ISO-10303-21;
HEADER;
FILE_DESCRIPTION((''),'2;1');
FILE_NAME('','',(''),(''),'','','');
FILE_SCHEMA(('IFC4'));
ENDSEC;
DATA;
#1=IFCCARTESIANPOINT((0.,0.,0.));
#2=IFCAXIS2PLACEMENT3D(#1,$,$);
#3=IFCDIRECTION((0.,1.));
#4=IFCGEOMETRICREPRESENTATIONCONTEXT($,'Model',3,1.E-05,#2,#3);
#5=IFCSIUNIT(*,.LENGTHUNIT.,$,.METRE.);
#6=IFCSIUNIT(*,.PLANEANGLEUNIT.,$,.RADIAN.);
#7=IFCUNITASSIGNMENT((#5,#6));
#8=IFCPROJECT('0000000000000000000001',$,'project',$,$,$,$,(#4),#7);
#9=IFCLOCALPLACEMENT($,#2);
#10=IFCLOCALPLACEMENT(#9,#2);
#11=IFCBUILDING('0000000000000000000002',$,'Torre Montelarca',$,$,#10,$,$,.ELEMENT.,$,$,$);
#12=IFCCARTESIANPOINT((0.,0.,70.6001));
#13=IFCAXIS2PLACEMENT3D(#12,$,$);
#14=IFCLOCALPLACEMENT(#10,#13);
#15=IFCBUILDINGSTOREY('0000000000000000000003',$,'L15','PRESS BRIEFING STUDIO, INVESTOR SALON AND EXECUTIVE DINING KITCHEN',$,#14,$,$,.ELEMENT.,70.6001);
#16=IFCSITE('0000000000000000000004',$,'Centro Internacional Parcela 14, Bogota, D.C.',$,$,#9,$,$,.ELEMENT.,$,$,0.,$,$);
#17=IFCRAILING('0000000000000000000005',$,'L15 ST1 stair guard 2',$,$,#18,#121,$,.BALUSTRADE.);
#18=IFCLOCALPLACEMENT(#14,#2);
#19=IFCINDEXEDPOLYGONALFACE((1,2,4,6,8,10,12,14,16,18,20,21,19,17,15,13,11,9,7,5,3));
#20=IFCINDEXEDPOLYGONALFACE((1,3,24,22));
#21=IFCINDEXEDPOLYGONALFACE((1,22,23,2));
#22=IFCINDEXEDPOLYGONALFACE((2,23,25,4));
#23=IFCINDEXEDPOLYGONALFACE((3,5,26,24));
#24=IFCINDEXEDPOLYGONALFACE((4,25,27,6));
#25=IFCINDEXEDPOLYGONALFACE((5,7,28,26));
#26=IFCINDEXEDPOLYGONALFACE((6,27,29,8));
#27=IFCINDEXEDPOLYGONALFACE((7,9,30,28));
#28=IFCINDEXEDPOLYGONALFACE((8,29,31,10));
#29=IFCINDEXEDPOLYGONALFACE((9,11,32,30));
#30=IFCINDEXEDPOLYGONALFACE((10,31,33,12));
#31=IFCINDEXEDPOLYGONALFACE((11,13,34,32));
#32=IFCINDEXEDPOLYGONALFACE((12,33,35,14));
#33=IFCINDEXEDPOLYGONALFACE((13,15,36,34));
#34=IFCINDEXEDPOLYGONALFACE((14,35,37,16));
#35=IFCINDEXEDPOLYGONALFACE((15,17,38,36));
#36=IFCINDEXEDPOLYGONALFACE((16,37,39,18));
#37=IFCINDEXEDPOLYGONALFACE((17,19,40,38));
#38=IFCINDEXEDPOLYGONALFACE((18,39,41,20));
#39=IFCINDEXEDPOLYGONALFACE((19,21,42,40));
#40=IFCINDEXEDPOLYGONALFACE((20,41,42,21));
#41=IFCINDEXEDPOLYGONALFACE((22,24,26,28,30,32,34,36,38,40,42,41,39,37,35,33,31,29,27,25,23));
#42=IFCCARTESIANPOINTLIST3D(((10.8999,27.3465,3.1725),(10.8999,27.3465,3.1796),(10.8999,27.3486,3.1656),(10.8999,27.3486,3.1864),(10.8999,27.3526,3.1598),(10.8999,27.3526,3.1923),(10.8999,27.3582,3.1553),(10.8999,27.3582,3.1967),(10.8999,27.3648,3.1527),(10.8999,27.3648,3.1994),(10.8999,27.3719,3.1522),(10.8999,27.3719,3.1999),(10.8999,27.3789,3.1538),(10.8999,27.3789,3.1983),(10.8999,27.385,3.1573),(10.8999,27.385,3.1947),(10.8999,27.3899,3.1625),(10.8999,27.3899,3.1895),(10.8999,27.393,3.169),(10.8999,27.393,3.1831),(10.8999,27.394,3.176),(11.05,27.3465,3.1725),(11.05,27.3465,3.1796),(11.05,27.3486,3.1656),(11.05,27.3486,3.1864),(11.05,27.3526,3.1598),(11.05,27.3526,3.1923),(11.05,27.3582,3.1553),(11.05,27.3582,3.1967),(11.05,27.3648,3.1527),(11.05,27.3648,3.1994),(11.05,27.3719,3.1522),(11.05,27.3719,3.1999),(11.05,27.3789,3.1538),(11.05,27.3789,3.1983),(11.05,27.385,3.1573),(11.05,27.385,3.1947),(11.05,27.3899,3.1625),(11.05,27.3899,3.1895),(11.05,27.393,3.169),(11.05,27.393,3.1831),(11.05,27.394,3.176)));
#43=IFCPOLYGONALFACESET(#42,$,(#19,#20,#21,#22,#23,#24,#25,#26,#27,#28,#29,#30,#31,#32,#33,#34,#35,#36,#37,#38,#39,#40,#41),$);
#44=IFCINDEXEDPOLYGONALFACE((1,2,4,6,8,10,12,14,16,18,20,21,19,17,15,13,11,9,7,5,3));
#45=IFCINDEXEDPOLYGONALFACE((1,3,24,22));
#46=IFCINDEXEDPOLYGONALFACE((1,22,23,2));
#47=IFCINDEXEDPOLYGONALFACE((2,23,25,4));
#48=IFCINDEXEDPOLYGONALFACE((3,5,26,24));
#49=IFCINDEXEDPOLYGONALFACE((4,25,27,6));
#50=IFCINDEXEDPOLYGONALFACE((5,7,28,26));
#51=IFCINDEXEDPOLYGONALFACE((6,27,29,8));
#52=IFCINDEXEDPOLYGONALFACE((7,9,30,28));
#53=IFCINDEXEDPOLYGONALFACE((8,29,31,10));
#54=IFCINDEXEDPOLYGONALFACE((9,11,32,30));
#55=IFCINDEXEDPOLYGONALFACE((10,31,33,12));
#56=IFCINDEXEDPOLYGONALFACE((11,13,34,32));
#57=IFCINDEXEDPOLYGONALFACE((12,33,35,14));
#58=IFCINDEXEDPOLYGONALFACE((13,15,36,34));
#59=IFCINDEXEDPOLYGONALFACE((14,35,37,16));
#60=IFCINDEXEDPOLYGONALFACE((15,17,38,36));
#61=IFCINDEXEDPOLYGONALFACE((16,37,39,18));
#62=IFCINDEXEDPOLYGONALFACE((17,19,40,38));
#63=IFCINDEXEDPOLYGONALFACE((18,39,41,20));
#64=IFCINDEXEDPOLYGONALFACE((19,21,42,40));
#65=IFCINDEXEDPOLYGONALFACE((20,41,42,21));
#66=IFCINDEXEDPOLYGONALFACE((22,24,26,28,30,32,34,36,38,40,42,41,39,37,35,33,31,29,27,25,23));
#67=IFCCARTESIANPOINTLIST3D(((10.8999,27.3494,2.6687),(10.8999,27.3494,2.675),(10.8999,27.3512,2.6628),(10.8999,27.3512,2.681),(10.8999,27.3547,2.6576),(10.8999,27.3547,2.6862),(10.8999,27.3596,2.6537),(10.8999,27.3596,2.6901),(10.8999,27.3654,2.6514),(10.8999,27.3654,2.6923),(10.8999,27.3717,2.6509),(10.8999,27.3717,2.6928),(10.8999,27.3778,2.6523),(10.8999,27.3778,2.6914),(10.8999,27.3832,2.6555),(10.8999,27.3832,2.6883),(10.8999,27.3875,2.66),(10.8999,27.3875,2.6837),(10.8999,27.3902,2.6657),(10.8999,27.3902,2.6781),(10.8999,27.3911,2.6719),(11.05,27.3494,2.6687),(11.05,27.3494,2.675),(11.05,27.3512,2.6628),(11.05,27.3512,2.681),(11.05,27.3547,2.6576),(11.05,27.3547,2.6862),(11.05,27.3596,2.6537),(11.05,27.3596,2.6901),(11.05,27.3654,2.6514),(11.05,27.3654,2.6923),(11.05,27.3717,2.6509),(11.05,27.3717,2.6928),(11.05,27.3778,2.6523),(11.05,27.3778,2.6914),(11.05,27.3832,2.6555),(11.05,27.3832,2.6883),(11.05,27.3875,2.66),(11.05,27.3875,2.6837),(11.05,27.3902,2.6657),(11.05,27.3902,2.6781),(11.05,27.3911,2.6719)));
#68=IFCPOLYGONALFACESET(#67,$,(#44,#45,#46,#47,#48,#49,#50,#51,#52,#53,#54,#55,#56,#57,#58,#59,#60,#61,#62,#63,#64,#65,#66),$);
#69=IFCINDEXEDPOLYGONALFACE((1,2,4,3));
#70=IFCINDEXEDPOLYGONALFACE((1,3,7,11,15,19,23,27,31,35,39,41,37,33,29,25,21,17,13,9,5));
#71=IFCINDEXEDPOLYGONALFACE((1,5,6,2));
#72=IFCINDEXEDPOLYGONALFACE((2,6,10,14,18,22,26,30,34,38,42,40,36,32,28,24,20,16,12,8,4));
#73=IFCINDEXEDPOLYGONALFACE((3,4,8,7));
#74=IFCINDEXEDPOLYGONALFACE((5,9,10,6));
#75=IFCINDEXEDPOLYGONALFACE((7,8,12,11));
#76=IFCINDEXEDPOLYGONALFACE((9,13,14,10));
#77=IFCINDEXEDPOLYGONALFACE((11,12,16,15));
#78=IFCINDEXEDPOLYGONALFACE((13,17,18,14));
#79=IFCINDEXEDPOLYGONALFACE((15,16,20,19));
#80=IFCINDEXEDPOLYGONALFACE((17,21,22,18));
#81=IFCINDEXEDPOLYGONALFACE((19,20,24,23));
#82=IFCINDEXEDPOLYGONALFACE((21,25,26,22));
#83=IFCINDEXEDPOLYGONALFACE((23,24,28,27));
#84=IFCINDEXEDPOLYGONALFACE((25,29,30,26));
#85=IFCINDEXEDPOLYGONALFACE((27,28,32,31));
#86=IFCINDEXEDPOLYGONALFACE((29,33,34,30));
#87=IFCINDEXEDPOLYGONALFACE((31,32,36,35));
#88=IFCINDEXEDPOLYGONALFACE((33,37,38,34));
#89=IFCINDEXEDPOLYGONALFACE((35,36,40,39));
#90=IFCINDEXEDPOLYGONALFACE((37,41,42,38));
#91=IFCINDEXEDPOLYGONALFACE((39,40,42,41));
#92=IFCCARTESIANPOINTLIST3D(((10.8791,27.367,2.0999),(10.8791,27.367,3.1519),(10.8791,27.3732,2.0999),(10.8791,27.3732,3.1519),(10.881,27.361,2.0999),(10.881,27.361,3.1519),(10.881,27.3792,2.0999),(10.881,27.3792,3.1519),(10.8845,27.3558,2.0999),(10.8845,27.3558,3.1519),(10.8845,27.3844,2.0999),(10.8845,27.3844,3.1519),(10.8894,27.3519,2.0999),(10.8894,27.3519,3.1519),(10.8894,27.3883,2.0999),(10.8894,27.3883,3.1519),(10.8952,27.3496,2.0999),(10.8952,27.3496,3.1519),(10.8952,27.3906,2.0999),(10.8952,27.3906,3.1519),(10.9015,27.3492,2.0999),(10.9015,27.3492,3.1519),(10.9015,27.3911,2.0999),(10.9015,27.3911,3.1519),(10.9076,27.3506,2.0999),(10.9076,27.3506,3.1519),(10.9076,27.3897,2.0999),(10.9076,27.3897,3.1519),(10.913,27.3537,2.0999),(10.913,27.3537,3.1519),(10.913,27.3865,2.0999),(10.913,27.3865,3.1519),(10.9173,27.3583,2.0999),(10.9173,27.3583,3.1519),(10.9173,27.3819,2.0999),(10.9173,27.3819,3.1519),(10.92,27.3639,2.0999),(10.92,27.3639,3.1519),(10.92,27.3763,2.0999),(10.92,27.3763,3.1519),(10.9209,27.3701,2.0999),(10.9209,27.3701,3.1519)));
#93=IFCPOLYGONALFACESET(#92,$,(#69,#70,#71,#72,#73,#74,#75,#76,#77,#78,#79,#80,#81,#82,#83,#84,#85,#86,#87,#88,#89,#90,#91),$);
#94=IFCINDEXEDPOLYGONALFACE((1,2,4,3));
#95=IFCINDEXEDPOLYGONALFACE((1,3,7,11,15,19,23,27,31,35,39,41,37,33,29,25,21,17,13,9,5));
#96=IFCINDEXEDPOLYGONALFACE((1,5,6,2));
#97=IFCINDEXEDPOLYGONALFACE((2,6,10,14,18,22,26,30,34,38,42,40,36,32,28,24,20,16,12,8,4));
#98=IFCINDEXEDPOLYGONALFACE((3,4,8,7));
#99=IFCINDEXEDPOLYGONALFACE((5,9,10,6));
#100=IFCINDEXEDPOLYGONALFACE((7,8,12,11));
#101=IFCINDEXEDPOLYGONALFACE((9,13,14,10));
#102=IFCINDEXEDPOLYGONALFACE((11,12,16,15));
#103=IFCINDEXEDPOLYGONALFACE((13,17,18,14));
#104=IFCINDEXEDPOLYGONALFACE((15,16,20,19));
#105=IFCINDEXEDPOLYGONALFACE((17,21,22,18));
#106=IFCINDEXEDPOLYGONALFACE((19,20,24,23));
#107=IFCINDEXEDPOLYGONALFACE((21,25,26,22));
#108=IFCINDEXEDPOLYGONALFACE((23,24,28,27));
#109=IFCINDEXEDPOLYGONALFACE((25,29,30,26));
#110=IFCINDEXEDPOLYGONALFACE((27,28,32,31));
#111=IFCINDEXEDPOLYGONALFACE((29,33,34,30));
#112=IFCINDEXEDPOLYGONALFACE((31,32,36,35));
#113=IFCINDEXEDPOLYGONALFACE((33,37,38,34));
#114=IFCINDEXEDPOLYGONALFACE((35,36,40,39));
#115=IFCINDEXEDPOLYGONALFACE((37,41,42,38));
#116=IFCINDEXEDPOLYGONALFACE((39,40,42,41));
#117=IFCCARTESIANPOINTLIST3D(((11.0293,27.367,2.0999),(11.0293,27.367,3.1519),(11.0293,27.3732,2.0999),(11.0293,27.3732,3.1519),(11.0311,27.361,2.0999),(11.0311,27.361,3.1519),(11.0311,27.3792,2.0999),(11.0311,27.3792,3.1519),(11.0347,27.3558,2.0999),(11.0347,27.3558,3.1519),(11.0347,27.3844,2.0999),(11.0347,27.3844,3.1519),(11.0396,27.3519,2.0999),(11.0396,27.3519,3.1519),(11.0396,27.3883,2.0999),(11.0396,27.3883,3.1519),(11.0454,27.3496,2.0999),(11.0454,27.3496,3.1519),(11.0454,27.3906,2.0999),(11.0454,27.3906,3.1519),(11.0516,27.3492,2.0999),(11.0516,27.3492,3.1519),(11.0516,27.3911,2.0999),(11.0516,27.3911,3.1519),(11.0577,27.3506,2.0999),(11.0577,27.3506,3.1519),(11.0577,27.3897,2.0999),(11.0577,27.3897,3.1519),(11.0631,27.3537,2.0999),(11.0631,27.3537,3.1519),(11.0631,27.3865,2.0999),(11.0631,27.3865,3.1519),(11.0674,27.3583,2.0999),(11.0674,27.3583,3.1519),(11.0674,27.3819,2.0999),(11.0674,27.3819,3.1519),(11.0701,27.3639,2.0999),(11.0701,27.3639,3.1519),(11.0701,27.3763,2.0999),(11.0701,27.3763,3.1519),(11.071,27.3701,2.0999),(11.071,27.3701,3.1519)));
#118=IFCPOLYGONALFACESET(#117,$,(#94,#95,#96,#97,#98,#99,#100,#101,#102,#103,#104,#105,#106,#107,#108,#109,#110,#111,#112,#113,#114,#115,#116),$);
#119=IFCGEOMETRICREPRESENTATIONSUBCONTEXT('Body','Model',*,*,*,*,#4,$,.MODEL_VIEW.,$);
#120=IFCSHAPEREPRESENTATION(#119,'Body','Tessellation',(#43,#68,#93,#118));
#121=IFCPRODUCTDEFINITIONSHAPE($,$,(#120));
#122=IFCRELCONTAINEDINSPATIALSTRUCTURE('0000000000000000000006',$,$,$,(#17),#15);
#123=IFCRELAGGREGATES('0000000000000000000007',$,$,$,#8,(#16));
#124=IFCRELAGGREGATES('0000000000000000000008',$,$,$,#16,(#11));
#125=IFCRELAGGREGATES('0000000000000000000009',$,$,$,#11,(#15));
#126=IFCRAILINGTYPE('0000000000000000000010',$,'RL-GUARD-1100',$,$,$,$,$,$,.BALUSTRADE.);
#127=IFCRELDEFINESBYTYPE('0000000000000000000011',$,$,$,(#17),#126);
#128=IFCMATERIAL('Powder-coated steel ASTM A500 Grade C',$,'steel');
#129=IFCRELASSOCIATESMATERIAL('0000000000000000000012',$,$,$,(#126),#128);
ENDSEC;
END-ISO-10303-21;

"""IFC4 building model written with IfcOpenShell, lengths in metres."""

from ifc_helpers import new_model, si_unit, direction, frame, origin, origin_2d, place, context, subcontext, project, spatial, circle, extrude, material, type_object, element, save


model = new_model("IFC4")

# Units and contexts
model_context = context("Model", 3, precision=1e-05, world=origin(), true_north=direction((0.0, 1.0)))
body_context = subcontext(model_context, "Body", "Model", "MODEL_VIEW")
ifc_project = project(units=[si_unit("LENGTHUNIT", "METRE"), si_unit("PLANEANGLEUNIT", "RADIAN")], contexts=[model_context])

# Site, building, storey
site_placement = place(None, origin())
site = spatial("IfcSite", under=ifc_project, at=site_placement, Name="Centro Internacional Parcela 14, Bogota, D.C.", CompositionType="ELEMENT", RefElevation=0.0)
building_placement = place(site_placement, origin())
building = spatial("IfcBuilding", under=site, at=building_placement, Name="Torre Montelarca", CompositionType="ELEMENT")
storey_placement = place(building_placement, frame((0.0, 0.0, 70.6001)))
storey = spatial("IfcBuildingStorey", under=building, at=storey_placement, Name="L15", Description="PRESS BRIEFING STUDIO, INVESTOR SALON AND EXECUTIVE DINING KITCHEN", CompositionType="ELEMENT", Elevation=70.6001)

# Railing
ifc_material_1 = material(Name="Powder-coated steel ASTM A500 Grade C", Category="steel")
railing_type_1 = type_object("IfcRailingType", Name="RL-GUARD-1100", PredefinedType="BALUSTRADE", material=ifc_material_1)
railing_1_placement = place(storey_placement, frame((10.8999, 27.3701, 2.0999)))
element("IfcRailing", 1, at=railing_1_placement, inside=storey, type_object=railing_type_1, Name="L15 ST1 stair guard 2", PredefinedType="BALUSTRADE", context=body_context, shape_type="SweptSolid", body=[
    extrude(circle(Radius=0.0239, at=origin_2d()), frame((0.0, 0.0, 1.0762), z_axis=(1.0, 0.0, 0.0), x_axis=(0.0, 1.0, 0.0)), (0.0, 0.0, 1.0), 0.1501),
    extrude(circle(Radius=0.021, at=origin_2d()), frame((0.0, 0.0, 0.572), z_axis=(1.0, 0.0, 0.0), x_axis=(0.0, 1.0, 0.0)), (0.0, 0.0, 1.0), 0.1501),
    extrude(circle(Radius=0.021, at=origin_2d()), origin(), (0.0, 0.0, 1.0), 1.052),
    extrude(circle(Radius=0.021, at=origin_2d()), frame((0.1501, 0.0, 0.0)), (0.0, 0.0, 1.0), 1.052),
])

save(model, "model.ifc")
